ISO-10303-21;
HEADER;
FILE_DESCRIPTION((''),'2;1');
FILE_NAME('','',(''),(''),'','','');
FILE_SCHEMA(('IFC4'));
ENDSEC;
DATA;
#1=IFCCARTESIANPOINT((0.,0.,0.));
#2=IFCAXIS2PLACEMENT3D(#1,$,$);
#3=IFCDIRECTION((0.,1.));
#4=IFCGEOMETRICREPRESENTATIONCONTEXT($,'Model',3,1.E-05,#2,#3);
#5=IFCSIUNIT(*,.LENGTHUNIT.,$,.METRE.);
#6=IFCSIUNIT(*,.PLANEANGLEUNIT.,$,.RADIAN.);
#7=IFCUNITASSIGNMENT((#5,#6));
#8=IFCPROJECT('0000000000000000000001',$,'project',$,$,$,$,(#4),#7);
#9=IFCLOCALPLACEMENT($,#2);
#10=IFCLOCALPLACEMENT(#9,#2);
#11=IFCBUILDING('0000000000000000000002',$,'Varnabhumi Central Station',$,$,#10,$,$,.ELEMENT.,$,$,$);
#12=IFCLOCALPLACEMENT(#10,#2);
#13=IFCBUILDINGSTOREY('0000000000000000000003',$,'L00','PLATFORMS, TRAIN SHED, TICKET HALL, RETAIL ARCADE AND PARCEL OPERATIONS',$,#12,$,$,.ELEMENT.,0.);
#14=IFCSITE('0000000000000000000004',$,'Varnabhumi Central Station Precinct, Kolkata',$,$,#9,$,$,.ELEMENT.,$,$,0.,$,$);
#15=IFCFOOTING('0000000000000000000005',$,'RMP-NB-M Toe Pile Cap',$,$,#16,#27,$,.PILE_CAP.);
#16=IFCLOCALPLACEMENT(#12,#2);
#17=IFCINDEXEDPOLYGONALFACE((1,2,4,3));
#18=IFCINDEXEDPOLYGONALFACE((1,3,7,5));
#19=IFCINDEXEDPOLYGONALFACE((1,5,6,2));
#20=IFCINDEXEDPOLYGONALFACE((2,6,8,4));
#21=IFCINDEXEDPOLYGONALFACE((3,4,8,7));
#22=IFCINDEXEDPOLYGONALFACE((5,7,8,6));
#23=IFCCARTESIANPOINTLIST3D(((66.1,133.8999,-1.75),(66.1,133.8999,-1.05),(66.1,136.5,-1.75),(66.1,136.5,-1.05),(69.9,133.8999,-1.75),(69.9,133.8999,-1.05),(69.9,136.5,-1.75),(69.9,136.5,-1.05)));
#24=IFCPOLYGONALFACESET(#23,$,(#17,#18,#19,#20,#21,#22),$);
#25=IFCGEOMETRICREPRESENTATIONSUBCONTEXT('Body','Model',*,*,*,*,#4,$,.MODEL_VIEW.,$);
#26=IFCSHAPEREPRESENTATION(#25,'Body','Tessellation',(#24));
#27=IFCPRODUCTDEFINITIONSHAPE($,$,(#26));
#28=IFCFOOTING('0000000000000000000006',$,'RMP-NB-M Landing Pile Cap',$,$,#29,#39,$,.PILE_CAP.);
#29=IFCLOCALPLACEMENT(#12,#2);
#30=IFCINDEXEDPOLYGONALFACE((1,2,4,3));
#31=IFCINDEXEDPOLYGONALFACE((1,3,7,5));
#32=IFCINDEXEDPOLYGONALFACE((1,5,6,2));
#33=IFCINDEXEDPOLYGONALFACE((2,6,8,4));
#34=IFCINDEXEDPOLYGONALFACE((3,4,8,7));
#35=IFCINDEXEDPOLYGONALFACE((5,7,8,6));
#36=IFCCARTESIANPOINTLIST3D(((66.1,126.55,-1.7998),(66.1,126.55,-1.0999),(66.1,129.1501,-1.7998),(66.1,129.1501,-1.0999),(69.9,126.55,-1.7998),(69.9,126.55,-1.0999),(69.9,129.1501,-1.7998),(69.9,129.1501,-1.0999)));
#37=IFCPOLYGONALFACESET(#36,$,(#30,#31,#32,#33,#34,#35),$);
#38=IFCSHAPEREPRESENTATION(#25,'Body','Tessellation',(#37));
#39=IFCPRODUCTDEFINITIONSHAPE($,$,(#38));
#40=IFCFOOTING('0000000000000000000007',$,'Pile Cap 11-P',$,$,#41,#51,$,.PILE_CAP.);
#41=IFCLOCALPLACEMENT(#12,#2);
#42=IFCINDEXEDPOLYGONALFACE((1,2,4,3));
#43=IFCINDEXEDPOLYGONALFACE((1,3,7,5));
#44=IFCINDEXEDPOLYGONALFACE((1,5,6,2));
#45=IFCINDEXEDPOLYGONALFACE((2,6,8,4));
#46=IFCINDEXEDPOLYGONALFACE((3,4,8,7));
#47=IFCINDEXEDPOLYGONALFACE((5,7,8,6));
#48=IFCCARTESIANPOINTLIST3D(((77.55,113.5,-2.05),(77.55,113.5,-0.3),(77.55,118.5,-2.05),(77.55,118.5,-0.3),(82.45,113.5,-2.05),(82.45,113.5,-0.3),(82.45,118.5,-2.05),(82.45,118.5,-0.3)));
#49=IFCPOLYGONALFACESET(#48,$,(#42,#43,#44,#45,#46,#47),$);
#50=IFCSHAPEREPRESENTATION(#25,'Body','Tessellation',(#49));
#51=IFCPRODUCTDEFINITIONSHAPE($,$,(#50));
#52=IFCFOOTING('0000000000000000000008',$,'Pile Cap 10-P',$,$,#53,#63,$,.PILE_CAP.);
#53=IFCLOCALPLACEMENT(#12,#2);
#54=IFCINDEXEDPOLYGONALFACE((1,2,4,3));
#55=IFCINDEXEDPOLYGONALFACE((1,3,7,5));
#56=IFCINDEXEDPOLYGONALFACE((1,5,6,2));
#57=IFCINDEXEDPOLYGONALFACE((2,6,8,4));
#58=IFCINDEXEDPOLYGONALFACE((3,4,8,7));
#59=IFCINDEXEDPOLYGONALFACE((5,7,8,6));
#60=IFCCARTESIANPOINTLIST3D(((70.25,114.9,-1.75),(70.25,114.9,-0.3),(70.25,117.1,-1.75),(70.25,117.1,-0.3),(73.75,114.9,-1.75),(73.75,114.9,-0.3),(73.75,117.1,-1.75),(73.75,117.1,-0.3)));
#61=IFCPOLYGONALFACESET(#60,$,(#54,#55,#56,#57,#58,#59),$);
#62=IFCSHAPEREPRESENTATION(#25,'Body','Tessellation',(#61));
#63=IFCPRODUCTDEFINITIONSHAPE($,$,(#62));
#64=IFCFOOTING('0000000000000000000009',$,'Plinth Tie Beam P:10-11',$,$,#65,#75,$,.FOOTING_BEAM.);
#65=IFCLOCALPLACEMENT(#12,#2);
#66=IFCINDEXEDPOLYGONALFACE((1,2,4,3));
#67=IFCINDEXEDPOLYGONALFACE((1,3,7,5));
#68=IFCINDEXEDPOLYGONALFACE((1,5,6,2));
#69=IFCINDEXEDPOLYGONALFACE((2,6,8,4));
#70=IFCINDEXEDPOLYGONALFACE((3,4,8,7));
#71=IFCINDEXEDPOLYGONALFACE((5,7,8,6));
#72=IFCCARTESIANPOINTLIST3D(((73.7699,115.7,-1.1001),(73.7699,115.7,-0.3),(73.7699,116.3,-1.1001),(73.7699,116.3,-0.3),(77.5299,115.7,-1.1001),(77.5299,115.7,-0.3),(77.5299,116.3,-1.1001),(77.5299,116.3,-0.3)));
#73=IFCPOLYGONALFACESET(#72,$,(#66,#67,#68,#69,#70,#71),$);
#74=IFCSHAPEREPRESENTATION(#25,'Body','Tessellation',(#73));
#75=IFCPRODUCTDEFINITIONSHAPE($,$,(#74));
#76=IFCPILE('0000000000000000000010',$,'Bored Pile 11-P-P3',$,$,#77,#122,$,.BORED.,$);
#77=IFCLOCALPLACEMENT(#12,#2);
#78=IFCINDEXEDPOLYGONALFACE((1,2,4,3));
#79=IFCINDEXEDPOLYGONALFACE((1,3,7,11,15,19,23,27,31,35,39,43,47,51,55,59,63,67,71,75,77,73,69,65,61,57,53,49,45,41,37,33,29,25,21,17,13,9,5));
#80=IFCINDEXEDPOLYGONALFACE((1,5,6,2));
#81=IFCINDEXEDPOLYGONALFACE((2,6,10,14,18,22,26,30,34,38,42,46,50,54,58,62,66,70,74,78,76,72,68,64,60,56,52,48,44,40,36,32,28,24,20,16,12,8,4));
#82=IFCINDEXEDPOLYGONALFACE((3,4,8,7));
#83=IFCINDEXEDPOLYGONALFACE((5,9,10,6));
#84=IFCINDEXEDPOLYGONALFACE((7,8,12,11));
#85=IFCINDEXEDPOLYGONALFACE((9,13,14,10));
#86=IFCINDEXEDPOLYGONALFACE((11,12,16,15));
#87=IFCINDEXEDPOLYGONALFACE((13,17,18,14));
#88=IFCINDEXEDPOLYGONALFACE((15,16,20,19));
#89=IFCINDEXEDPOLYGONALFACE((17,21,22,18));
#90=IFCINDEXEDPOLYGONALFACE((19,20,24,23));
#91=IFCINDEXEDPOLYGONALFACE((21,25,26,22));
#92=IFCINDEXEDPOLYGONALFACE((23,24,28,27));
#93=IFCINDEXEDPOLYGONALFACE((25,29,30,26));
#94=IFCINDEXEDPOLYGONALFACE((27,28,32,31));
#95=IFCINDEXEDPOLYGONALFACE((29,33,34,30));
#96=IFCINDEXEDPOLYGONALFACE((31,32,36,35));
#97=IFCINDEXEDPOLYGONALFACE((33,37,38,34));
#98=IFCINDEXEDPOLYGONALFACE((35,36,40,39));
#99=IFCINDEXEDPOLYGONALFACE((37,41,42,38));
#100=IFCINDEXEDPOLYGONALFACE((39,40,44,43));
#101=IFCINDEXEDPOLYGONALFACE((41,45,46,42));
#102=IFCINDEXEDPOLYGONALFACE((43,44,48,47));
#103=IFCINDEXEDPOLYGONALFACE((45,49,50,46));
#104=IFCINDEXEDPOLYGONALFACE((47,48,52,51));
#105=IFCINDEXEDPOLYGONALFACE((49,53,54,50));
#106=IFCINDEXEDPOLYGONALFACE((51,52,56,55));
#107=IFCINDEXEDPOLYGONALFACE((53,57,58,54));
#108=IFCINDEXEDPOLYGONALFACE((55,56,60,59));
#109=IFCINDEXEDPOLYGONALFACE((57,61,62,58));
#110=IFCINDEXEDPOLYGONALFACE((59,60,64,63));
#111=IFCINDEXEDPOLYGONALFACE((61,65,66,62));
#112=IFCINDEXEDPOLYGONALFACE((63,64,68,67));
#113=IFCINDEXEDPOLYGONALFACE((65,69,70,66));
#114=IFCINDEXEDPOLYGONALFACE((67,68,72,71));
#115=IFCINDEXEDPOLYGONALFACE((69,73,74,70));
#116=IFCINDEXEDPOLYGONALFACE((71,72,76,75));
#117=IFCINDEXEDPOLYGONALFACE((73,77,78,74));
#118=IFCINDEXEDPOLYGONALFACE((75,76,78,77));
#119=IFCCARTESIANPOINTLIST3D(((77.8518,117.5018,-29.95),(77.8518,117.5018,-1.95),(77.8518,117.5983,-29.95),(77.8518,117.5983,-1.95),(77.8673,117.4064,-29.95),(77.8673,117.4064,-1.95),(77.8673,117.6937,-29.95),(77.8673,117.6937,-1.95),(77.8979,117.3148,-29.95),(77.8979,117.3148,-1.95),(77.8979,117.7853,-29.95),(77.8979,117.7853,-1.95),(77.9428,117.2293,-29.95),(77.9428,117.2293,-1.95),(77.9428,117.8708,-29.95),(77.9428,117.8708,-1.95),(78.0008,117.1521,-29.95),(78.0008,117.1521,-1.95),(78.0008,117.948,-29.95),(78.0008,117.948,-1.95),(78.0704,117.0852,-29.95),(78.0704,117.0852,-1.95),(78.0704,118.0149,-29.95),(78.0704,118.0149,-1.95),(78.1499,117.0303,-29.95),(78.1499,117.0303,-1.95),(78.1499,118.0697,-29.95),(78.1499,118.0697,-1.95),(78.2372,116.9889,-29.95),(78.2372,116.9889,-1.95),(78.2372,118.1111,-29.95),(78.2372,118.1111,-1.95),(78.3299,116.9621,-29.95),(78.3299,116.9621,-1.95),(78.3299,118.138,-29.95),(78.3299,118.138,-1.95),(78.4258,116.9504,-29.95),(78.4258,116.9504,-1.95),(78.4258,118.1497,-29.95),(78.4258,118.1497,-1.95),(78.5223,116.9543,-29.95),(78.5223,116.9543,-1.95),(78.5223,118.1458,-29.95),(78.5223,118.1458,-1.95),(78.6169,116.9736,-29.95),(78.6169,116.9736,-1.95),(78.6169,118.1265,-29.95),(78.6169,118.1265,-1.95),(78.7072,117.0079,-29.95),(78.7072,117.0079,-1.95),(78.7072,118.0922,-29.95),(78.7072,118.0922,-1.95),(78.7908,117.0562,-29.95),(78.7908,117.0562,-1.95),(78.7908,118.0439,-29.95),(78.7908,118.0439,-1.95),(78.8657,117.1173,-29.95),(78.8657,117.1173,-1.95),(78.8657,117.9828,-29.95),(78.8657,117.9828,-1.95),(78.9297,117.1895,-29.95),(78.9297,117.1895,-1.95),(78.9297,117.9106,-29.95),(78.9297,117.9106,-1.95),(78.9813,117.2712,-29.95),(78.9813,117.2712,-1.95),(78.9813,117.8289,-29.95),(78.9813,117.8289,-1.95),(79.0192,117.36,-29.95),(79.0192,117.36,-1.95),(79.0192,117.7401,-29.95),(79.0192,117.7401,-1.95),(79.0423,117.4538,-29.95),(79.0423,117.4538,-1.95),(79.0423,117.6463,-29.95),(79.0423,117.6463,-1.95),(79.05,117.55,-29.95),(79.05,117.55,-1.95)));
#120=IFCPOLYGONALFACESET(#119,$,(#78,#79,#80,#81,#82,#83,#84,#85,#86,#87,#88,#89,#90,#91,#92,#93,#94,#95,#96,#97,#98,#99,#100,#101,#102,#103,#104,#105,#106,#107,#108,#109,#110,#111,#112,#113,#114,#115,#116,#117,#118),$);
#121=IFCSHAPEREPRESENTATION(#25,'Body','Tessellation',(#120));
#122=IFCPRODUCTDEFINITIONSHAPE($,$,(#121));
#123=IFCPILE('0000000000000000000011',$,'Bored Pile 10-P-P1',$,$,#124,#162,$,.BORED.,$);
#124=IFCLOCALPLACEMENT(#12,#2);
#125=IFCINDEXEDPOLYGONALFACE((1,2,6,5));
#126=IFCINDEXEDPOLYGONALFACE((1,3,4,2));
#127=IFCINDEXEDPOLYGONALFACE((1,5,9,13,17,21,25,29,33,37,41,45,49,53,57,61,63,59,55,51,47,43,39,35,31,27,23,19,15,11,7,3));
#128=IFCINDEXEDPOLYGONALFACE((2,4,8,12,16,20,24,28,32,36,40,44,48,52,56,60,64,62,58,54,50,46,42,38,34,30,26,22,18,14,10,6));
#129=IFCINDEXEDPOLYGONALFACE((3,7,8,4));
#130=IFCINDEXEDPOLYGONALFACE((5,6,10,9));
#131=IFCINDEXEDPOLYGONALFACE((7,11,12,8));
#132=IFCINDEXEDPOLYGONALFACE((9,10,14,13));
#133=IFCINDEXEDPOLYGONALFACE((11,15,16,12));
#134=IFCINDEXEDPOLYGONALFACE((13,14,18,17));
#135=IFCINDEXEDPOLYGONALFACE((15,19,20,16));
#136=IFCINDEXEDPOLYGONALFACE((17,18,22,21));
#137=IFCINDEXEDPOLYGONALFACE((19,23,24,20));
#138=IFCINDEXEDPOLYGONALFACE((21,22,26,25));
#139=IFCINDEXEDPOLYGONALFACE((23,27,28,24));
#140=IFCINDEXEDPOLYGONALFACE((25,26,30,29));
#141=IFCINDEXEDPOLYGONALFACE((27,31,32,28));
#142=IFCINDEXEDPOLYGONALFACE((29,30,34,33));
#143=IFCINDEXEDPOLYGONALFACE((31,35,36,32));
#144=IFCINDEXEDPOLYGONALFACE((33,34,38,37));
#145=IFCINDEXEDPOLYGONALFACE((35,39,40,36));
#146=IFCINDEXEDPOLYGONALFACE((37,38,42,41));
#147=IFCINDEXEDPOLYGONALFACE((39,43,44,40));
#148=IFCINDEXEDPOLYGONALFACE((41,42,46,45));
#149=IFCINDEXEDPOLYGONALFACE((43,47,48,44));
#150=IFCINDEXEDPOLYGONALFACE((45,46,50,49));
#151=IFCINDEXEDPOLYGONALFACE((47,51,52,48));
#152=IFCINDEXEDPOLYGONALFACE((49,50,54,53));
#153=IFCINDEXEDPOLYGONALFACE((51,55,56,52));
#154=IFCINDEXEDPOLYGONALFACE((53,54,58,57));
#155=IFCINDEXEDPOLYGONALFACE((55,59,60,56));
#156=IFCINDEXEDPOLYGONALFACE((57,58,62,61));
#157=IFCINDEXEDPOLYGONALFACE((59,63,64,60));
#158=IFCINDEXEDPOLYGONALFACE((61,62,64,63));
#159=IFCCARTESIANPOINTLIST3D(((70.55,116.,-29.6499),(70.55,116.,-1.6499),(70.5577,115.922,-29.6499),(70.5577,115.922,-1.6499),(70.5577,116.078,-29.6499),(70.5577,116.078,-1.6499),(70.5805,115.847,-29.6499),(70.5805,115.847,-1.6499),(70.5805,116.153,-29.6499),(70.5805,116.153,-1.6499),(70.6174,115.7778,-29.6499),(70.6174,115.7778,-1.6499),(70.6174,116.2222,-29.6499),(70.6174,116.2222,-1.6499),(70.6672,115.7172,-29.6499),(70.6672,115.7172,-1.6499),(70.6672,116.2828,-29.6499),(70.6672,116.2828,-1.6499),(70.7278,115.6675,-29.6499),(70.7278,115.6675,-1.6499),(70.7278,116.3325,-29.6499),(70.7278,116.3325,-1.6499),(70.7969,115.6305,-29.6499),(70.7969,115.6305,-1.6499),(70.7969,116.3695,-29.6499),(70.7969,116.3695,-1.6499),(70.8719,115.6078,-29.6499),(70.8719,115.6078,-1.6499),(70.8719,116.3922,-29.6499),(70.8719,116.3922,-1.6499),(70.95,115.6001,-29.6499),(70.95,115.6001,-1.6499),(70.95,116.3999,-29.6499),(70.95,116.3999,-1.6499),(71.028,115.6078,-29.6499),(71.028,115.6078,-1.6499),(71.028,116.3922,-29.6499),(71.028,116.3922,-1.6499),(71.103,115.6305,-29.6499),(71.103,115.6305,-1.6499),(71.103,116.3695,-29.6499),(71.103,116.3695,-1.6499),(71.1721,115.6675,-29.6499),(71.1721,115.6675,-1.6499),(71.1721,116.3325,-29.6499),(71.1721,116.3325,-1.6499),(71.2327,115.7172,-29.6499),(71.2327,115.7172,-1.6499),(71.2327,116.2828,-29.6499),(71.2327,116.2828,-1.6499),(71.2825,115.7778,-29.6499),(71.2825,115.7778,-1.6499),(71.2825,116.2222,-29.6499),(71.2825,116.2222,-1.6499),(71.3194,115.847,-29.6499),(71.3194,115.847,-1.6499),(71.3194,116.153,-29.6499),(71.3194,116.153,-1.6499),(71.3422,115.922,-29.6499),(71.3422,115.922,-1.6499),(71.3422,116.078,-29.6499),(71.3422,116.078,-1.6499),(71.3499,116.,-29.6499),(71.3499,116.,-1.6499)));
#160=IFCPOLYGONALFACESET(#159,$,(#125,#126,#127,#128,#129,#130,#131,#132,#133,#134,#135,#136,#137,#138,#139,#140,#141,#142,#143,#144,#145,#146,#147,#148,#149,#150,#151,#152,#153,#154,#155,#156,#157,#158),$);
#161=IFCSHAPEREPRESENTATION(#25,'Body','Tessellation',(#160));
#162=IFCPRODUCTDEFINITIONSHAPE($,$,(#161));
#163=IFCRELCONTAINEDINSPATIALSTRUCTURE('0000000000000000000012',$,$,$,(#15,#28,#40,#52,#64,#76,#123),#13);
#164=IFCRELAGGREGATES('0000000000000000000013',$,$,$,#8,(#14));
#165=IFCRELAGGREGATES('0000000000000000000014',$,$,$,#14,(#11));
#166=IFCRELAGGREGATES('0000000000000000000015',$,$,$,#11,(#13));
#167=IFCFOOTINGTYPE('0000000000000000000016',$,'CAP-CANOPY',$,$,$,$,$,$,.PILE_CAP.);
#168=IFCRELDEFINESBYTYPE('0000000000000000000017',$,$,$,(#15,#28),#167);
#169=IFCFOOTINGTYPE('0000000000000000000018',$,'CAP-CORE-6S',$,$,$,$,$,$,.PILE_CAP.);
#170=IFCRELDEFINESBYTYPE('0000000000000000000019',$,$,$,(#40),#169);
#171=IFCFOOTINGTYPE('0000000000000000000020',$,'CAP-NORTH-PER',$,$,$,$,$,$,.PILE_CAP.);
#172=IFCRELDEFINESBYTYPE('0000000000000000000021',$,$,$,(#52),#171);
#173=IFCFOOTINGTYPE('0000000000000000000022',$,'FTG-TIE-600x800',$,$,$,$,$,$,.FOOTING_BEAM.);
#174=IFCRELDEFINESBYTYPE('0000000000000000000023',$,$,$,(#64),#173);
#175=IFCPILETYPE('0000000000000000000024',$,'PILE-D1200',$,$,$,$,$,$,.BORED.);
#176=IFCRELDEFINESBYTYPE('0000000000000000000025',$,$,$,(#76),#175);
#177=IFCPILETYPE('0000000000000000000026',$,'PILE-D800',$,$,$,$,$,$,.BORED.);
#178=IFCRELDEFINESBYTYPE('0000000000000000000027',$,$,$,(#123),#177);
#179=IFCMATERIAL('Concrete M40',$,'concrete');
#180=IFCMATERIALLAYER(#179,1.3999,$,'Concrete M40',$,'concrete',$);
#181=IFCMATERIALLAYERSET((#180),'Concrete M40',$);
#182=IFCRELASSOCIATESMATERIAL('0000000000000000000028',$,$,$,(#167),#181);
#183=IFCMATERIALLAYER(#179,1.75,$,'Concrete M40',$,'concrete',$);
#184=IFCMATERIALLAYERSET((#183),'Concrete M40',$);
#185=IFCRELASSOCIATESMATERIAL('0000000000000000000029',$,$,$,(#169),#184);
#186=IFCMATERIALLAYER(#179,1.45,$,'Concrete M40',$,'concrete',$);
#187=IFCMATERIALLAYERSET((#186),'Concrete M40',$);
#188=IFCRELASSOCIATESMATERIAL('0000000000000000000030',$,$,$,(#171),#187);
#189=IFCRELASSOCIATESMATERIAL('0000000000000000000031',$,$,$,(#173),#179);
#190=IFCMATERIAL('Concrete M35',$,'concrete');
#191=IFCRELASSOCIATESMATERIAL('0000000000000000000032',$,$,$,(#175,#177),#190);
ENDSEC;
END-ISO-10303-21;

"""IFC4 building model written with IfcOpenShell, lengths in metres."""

from ifc_helpers import new_model, si_unit, direction, frame, origin, origin_2d, place, context, subcontext, project, spatial, rectangle, circle, extrude, material, layer, layer_set, material_profile, profile_set, type_object, element, save


model = new_model("IFC4")

# Units and contexts
model_context = context("Model", 3, precision=1e-05, world=origin(), true_north=direction((0.0, 1.0)))
body_context = subcontext(model_context, "Body", "Model", "MODEL_VIEW")
ifc_project = project(units=[si_unit("LENGTHUNIT", "METRE"), si_unit("PLANEANGLEUNIT", "RADIAN")], contexts=[model_context])

# Site, building, storey
site_placement = place(None, origin())
site = spatial("IfcSite", under=ifc_project, at=site_placement, Name="Varnabhumi Central Station Precinct, Kolkata", CompositionType="ELEMENT", RefElevation=0.0)
building_placement = place(site_placement, origin())
building = spatial("IfcBuilding", under=site, at=building_placement, Name="Varnabhumi Central Station", CompositionType="ELEMENT")
storey_placement = place(building_placement, origin())
storey = spatial("IfcBuildingStorey", under=building, at=storey_placement, Name="L00", Description="PLATFORMS, TRAIN SHED, TICKET HALL, RETAIL ARCADE AND PARCEL OPERATIONS", CompositionType="ELEMENT", Elevation=0.0)

# Footings
ifc_material_1 = material(Name="Concrete M40", Category="concrete")
ifc_layer_1 = layer(ifc_material_1, 1.3999, Name="Concrete M40", Category="concrete")
ifc_layer_set_1 = layer_set([ifc_layer_1], Name="Concrete M40")
footing_type_1 = type_object("IfcFootingType", Name="CAP-CANOPY", PredefinedType="PILE_CAP", material=ifc_layer_set_1)
for number, where, z_axis, x_axis, name in (
    (1, (68.0, 135.2, -1.75), (0.0, 0.0, 1.0), (1.0, 0.0, 0.0), "RMP-NB-M Toe Pile Cap"),
    (2, (68.0, 127.8501, -1.7998), (0.0, 0.0, 1.0), (1.0, 0.0, 0.0), "RMP-NB-M Landing Pile Cap"),
):
    element("IfcFooting", number, at=place(storey_placement, frame(where, z_axis=z_axis, x_axis=x_axis)), inside=storey, type_object=footing_type_1, Name=name, PredefinedType="PILE_CAP", context=body_context, shape_type="SweptSolid", body=[
        extrude(rectangle(XDim=3.8, YDim=2.6001, at=origin_2d()), origin(), (0.0, 0.0, 1.0), 0.7),
    ])
ifc_layer_2 = layer(ifc_material_1, 1.75, Name="Concrete M40", Category="concrete")
ifc_layer_set_2 = layer_set([ifc_layer_2], Name="Concrete M40")
footing_type_2 = type_object("IfcFootingType", Name="CAP-CORE-6S", PredefinedType="PILE_CAP", material=ifc_layer_set_2)
footing_1_placement = place(storey_placement, frame((80.0, 116.0, -2.05), z_axis=(0.0, 0.0, 1.0), x_axis=(1.0, 0.0, 0.0)))
element("IfcFooting", 3, at=footing_1_placement, inside=storey, type_object=footing_type_2, Name="Pile Cap 11-P", PredefinedType="PILE_CAP", context=body_context, shape_type="SweptSolid", body=[
    extrude(rectangle(XDim=4.8999, YDim=5.0, at=origin_2d()), origin(), (0.0, 0.0, 1.0), 1.75),
])
ifc_layer_3 = layer(ifc_material_1, 1.45, Name="Concrete M40", Category="concrete")
ifc_layer_set_3 = layer_set([ifc_layer_3], Name="Concrete M40")
footing_type_3 = type_object("IfcFootingType", Name="CAP-NORTH-PER", PredefinedType="PILE_CAP", material=ifc_layer_set_3)
footing_2_placement = place(storey_placement, frame((72.0, 116.0, -1.75), z_axis=(0.0, 0.0, 1.0), x_axis=(1.0, 0.0, 0.0)))
element("IfcFooting", 4, at=footing_2_placement, inside=storey, type_object=footing_type_3, Name="Pile Cap 10-P", PredefinedType="PILE_CAP", context=body_context, shape_type="SweptSolid", body=[
    extrude(rectangle(XDim=3.5, YDim=2.2, at=origin_2d()), origin(), (0.0, 0.0, 1.0), 1.45),
])
footing_type_4 = type_object("IfcFootingType", Name="FTG-TIE-600x800", PredefinedType="FOOTING_BEAM", material=ifc_material_1)
footing_3_placement = place(storey_placement, frame((75.6499, 116.0, -1.1001), z_axis=(0.0, 0.0, 1.0), x_axis=(1.0, 0.0, 0.0)))
element("IfcFooting", 5, at=footing_3_placement, inside=storey, type_object=footing_type_4, Name="Plinth Tie Beam P:10-11", PredefinedType="FOOTING_BEAM", context=body_context, shape_type="SweptSolid", body=[
    extrude(rectangle(XDim=3.76, YDim=0.6001, at=origin_2d()), origin(), (0.0, 0.0, 1.0), 0.8),
])

# Piles
ifc_material_2 = material(Name="Concrete M35", Category="concrete")
ifc_material_profile_1 = material_profile(ifc_material_2, circle(Radius=0.6001, at=origin_2d()), Name="Concrete M35", Category="concrete")
ifc_profile_set_1 = profile_set([ifc_material_profile_1], Name="Concrete M35")
pile_type_1 = type_object("IfcPileType", Name="PILE-D1200", PredefinedType="BORED", material=ifc_profile_set_1)
pile_placement = place(storey_placement, frame((78.45, 117.55, -1.95), z_axis=(0.0, 0.0, -1.0), x_axis=(1.0, 0.0, 0.0)))
element("IfcPile", 6, at=pile_placement, inside=storey, type_object=pile_type_1, Name="Bored Pile 11-P-P3", PredefinedType="BORED", context=body_context, shape_type="SweptSolid", body=[
    extrude(circle(Radius=0.6001, at=origin_2d()), origin(), (0.0, 0.0, 1.0), 28.0),
])
ifc_material_profile_2 = material_profile(ifc_material_2, circle(Radius=0.3999, at=origin_2d()), Name="Concrete M35", Category="concrete")
ifc_profile_set_2 = profile_set([ifc_material_profile_2], Name="Concrete M35")
pile_type_2 = type_object("IfcPileType", Name="PILE-D800", PredefinedType="BORED", material=ifc_profile_set_2)
for number, where, z_axis, x_axis, name in (
    (7, (70.95, 116.0, -1.6499), (0.0, 0.0, -1.0), (1.0, 0.0, 0.0), "Bored Pile 10-P-P1"),
):
    element("IfcPile", number, at=place(storey_placement, frame(where, z_axis=z_axis, x_axis=x_axis)), inside=storey, type_object=pile_type_2, Name=name, PredefinedType="BORED", context=body_context, shape_type="SweptSolid", body=[
        extrude(circle(Radius=0.3999, at=origin_2d()), origin(), (0.0, 0.0, 1.0), 28.0),
    ])

save(model, "model.ifc")
